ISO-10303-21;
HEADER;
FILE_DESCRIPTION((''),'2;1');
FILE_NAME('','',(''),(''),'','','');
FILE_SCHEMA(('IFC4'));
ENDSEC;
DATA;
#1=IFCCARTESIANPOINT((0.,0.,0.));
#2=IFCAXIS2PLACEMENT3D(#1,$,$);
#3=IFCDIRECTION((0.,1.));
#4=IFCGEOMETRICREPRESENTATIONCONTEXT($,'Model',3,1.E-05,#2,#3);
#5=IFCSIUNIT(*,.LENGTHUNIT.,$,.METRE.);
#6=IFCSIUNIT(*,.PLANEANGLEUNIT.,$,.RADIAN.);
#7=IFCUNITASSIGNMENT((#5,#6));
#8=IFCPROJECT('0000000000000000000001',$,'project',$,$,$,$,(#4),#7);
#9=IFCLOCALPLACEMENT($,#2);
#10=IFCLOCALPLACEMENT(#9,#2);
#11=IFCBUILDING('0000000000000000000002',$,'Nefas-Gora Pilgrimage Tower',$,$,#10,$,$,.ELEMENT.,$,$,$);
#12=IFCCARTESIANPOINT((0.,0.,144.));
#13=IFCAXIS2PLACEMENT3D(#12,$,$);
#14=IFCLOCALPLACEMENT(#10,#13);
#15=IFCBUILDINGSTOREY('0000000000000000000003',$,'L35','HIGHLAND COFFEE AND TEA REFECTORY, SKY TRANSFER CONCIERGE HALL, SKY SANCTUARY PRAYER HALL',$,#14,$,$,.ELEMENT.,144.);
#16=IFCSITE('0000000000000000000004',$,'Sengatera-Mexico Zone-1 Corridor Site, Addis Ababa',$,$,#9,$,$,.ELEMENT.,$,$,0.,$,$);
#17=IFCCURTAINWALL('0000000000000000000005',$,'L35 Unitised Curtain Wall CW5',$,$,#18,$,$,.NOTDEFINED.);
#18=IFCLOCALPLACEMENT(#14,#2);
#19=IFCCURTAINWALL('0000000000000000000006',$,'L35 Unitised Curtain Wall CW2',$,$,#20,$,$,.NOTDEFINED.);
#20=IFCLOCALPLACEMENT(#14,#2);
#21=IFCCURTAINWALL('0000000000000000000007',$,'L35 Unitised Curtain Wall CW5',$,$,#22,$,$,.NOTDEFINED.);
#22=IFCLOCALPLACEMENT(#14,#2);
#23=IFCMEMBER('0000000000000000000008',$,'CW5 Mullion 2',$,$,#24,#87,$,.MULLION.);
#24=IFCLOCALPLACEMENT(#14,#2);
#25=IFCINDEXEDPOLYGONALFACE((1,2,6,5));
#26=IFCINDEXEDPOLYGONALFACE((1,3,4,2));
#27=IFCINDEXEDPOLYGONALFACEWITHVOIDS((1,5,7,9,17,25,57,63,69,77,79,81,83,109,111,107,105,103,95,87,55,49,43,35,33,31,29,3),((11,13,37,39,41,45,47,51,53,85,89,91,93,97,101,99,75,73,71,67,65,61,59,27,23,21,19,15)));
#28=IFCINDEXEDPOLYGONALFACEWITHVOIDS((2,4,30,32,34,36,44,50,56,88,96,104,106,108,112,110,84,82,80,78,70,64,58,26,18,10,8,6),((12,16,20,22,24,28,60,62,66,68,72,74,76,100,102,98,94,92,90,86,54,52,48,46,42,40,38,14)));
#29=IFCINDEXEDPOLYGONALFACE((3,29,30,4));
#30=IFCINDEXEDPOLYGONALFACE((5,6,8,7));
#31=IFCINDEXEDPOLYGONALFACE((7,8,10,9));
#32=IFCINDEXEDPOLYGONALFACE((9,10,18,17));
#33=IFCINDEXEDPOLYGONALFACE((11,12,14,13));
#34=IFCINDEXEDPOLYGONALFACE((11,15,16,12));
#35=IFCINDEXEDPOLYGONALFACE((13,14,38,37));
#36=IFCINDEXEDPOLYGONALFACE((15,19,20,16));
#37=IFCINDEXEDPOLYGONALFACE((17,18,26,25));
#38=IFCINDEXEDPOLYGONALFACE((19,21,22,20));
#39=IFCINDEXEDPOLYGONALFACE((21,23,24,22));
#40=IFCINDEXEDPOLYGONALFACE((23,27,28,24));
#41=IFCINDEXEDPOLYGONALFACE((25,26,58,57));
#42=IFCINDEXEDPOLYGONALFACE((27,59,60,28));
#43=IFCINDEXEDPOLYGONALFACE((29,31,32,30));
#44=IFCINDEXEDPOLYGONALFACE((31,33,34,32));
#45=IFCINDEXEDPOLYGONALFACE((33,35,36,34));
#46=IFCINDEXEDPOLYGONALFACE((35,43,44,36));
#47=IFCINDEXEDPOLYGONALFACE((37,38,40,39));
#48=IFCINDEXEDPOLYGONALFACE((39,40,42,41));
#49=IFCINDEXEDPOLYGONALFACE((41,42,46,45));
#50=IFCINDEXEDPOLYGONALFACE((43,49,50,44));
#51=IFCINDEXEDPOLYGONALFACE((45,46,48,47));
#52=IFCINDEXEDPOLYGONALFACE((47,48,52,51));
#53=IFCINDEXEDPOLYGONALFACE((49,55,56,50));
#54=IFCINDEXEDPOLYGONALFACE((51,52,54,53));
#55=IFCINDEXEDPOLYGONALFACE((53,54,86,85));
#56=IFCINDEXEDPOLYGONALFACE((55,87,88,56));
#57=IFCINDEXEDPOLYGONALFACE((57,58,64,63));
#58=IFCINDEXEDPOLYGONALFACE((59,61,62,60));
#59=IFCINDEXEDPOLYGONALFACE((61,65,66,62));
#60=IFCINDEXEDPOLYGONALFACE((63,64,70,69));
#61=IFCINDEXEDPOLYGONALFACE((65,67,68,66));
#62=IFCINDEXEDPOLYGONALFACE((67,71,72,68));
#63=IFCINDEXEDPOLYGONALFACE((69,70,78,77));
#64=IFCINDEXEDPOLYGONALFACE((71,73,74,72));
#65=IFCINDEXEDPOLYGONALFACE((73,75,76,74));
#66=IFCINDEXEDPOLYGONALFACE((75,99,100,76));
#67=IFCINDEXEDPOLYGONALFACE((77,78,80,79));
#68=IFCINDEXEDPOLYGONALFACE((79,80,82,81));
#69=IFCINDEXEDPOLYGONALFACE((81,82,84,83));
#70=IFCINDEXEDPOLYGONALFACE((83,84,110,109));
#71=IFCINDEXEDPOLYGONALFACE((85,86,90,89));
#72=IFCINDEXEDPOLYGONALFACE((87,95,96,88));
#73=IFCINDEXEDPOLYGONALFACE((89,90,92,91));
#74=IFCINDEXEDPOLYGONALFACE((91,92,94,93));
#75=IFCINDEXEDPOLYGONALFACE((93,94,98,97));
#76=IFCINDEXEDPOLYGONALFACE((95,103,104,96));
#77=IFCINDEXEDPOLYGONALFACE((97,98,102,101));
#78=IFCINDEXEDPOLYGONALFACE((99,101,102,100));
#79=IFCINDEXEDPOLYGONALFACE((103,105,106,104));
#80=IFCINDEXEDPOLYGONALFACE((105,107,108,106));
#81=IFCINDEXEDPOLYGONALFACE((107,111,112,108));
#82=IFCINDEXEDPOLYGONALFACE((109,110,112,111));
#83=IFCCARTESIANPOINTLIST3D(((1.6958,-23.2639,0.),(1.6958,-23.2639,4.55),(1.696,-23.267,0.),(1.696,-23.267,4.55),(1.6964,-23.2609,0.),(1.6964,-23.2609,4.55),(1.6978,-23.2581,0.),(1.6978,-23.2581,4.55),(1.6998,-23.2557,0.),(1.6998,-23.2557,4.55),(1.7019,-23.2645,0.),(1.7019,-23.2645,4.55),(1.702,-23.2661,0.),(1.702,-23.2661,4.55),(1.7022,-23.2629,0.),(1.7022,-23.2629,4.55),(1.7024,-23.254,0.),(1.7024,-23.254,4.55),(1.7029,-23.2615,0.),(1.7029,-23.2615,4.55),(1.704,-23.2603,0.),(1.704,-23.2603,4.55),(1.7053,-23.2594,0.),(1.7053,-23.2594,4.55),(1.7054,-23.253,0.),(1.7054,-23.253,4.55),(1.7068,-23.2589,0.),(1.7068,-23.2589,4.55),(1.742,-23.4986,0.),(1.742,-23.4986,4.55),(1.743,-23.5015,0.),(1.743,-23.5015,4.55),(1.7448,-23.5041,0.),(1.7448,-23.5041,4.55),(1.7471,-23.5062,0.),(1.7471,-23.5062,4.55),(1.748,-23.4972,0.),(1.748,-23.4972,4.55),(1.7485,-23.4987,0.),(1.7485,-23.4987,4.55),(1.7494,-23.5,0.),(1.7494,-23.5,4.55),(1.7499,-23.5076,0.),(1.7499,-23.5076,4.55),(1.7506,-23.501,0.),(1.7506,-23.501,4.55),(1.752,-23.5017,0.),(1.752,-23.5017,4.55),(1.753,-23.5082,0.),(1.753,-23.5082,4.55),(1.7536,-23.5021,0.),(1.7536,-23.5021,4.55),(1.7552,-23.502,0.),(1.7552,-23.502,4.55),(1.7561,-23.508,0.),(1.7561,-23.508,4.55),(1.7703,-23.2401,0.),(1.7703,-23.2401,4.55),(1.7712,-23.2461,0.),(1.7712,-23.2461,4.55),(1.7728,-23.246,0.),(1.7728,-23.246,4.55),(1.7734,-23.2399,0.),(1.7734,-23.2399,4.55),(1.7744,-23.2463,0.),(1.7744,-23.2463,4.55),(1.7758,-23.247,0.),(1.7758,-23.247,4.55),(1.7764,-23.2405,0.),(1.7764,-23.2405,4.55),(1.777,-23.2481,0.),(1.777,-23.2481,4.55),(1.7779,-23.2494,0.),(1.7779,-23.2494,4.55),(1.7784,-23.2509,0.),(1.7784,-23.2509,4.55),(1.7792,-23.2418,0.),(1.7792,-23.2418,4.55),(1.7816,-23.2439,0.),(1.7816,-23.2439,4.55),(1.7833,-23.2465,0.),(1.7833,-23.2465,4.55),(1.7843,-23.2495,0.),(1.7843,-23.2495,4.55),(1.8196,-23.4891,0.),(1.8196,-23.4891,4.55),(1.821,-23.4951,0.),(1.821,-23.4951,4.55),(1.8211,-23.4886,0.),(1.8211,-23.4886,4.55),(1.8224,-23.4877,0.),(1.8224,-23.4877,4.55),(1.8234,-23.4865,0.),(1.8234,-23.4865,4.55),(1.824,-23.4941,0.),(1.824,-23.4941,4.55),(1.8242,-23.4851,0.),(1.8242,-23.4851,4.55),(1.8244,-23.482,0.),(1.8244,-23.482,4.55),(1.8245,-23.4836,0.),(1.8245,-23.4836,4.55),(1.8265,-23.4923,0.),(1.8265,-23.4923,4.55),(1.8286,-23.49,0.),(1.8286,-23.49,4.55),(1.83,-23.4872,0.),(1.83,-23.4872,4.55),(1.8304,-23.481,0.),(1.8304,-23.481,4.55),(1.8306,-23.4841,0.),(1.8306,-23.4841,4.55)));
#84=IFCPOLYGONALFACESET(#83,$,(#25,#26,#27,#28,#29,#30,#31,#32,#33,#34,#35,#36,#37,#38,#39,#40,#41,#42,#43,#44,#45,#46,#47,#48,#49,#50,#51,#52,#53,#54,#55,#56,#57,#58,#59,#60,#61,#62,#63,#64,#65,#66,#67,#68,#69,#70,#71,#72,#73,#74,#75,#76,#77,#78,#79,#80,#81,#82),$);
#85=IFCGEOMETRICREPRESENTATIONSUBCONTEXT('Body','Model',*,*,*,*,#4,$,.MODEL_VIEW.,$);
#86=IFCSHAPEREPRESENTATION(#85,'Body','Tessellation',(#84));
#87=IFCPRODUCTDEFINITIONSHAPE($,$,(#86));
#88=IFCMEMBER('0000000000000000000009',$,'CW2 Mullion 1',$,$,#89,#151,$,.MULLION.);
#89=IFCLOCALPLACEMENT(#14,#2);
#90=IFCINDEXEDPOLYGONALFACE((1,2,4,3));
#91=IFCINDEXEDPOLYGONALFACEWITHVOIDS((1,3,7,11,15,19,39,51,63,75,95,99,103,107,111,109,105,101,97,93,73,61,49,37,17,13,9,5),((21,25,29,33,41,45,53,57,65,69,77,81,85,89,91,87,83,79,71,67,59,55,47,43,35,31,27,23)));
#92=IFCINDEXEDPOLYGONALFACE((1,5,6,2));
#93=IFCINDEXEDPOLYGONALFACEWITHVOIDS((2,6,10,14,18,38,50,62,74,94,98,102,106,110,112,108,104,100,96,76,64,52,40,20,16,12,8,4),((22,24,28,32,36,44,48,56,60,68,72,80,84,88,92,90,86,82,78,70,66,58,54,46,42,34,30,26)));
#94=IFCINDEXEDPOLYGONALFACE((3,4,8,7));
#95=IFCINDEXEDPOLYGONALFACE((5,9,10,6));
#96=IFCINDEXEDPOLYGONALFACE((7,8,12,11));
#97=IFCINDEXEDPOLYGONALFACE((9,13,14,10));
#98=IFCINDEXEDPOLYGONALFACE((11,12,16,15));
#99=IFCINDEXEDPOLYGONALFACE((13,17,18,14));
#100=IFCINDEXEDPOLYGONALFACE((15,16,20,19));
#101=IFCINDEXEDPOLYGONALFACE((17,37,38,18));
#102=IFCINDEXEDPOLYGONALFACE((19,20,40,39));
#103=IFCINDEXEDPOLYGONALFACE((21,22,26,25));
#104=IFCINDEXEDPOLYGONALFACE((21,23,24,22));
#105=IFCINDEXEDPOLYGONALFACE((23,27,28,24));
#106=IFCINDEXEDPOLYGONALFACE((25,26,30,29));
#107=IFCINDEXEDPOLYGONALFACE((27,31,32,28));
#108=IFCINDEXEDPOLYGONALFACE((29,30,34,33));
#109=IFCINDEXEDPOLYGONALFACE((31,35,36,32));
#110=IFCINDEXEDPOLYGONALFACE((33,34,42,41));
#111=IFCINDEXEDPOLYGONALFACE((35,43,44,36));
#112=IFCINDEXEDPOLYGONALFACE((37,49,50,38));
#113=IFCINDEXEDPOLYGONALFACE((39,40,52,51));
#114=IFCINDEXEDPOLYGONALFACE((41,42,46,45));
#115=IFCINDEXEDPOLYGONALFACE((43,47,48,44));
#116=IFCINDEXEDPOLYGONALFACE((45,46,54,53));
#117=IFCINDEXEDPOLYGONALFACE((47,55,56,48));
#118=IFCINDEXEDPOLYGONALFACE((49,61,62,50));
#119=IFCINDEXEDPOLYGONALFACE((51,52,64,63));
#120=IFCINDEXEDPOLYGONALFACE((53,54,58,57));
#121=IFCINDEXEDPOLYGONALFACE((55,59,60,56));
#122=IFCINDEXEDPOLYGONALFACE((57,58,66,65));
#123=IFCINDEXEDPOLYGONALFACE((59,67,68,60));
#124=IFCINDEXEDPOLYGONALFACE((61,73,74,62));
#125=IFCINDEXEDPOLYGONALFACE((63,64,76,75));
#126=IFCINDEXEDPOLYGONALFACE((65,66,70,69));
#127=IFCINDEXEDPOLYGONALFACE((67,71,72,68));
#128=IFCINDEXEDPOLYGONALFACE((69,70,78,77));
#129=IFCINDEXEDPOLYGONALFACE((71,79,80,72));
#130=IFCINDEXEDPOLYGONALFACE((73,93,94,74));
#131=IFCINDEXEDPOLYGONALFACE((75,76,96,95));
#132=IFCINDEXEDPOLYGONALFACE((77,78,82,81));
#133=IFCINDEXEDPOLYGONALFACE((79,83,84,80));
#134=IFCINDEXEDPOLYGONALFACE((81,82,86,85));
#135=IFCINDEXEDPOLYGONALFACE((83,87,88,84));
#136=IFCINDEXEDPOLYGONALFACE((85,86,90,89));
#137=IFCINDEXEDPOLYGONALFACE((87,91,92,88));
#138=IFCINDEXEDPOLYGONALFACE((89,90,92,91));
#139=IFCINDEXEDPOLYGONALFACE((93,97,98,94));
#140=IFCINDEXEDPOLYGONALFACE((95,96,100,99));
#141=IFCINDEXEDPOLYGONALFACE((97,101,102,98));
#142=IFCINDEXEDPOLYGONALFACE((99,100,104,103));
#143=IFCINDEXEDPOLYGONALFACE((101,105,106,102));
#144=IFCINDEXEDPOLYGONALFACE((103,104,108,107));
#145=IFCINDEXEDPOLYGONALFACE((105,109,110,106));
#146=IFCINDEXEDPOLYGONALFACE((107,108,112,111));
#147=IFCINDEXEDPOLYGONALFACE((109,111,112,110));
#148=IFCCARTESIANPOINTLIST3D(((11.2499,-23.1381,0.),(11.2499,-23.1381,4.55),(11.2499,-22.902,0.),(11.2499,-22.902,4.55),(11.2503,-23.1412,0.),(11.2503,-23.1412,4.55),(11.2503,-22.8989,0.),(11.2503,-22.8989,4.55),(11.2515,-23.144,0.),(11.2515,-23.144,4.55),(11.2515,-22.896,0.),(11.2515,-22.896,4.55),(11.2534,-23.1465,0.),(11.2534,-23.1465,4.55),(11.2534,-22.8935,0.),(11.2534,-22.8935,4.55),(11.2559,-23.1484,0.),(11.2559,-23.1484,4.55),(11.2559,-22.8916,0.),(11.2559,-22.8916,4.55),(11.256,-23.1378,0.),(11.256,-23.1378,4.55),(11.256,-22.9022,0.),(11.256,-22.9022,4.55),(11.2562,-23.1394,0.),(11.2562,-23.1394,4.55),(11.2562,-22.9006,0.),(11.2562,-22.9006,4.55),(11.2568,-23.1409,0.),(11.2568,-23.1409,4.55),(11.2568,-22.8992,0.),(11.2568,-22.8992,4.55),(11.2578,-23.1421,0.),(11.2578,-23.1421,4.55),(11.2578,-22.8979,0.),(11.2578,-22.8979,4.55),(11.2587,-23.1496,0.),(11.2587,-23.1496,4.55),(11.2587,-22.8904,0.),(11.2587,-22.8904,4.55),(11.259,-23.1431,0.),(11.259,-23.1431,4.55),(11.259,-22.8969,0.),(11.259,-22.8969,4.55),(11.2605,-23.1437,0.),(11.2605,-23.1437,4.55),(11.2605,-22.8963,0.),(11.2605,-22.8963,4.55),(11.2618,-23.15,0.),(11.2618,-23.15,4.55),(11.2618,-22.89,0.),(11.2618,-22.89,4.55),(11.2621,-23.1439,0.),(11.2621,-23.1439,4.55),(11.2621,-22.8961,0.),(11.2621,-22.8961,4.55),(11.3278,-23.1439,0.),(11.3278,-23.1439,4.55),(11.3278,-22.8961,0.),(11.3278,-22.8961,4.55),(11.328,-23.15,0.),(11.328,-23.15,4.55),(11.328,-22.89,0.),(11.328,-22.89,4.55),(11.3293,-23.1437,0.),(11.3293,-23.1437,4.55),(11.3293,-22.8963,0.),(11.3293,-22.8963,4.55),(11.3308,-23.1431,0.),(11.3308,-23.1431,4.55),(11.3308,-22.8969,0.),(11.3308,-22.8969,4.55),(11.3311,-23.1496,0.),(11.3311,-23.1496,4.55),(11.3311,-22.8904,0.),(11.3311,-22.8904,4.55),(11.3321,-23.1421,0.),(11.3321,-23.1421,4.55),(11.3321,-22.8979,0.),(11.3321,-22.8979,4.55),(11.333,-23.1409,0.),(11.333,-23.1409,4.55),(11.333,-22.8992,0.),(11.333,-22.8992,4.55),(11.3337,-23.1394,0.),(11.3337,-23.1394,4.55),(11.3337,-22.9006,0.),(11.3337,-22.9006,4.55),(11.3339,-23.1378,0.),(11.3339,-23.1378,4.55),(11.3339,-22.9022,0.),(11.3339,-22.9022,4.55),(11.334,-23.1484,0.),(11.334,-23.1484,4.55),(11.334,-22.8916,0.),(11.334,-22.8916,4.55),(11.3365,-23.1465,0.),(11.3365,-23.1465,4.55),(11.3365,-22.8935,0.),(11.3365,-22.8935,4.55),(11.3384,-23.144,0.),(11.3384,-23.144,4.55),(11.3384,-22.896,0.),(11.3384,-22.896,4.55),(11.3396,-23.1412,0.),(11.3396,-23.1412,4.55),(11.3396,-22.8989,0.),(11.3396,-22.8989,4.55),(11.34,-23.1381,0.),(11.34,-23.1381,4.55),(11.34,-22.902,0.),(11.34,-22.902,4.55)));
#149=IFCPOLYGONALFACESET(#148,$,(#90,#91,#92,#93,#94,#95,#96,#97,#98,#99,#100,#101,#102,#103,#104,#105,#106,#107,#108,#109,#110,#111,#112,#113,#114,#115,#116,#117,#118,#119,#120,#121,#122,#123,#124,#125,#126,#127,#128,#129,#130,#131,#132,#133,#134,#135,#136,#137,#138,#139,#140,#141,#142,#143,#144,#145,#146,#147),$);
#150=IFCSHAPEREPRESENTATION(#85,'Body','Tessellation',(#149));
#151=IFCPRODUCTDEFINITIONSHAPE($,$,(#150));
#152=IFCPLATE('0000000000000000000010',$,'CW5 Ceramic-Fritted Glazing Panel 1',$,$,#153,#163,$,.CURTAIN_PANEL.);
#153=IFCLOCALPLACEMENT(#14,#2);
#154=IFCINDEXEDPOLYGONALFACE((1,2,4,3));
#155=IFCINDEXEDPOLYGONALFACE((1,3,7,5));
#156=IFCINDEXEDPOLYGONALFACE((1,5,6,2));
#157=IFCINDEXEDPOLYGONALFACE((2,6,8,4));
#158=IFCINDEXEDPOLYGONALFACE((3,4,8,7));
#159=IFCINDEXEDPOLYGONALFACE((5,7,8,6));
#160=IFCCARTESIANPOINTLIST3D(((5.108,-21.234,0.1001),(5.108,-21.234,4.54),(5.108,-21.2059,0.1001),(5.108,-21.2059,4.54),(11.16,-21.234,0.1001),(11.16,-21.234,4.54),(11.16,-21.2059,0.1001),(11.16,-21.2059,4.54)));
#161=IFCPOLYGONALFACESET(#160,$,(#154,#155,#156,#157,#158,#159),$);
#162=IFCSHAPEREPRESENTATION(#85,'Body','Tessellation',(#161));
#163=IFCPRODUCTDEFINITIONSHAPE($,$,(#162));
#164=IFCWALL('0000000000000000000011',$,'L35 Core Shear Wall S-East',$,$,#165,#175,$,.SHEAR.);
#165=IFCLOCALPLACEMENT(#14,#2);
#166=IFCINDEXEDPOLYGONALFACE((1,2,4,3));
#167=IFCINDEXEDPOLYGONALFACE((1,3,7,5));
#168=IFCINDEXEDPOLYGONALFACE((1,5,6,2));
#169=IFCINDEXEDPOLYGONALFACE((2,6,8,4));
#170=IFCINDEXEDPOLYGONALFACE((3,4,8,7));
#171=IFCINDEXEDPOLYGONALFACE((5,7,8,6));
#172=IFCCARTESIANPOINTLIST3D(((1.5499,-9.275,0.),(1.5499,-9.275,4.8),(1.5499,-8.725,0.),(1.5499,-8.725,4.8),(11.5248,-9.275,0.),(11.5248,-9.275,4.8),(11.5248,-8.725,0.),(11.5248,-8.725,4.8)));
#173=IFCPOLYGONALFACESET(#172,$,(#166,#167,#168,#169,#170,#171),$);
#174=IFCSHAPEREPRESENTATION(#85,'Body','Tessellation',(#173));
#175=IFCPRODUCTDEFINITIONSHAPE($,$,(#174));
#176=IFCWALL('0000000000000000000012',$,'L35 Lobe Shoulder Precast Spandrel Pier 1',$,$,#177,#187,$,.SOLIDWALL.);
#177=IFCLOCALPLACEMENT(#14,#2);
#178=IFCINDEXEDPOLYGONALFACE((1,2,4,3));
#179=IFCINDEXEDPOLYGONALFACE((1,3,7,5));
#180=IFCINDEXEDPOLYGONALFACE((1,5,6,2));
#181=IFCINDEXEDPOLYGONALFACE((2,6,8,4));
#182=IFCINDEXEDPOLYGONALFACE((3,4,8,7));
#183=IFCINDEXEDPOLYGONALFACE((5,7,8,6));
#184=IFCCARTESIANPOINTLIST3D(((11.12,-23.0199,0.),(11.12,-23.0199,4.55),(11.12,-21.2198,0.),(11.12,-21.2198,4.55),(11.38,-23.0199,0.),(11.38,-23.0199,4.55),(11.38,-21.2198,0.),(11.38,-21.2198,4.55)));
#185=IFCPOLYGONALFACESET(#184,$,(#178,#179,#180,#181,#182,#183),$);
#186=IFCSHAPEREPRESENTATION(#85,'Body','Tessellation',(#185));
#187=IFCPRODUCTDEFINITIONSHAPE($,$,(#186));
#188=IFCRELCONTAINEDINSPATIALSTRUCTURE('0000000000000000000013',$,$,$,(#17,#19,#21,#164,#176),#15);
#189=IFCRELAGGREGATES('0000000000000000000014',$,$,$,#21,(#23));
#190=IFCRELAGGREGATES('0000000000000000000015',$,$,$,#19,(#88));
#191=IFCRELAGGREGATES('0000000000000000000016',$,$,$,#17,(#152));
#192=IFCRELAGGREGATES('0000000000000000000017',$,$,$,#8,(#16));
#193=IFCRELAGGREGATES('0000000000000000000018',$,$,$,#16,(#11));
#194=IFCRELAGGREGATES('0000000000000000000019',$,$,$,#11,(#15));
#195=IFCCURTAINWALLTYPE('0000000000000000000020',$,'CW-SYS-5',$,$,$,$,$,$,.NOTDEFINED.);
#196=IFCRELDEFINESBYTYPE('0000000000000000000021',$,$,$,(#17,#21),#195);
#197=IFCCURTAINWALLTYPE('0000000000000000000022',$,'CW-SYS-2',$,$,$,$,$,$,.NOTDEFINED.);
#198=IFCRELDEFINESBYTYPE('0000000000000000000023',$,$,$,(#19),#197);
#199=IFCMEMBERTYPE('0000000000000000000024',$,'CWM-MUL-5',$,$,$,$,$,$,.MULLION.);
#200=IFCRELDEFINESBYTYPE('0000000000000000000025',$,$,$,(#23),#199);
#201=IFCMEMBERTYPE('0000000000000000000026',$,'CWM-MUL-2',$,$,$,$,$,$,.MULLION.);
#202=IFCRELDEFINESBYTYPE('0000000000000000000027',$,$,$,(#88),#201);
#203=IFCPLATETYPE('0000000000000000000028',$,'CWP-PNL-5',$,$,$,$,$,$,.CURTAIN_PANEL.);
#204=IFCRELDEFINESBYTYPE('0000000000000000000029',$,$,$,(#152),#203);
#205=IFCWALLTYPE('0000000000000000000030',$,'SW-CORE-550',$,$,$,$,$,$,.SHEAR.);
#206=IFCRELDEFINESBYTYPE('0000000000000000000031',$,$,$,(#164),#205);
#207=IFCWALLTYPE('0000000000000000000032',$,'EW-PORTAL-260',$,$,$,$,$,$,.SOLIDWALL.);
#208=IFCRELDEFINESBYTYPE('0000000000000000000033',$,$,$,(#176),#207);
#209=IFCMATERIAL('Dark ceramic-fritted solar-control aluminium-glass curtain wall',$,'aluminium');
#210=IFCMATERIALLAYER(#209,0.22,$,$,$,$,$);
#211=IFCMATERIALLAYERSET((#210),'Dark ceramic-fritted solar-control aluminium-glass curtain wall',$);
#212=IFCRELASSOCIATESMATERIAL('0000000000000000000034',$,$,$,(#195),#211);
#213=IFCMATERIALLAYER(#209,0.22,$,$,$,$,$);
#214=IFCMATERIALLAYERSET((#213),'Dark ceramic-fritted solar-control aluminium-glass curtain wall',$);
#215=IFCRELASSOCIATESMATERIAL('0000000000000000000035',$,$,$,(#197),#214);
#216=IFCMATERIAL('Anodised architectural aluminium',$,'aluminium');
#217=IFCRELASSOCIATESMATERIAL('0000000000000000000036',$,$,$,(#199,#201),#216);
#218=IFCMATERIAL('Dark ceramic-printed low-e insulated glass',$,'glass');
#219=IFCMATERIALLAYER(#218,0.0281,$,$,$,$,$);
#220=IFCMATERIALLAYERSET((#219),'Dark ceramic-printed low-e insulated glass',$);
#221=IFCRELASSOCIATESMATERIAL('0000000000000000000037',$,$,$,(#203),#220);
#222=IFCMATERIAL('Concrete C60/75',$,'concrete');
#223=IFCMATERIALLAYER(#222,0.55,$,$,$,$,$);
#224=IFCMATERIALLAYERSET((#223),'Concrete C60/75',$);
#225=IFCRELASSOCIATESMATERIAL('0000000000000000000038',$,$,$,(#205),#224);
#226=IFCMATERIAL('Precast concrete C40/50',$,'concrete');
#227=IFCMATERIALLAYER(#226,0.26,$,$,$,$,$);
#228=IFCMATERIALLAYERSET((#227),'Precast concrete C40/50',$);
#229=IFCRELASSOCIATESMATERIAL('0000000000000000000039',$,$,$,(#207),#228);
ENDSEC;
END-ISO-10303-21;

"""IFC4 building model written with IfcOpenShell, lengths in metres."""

from ifc_helpers import new_model, si_unit, direction, frame, frame_2d, origin, origin_2d, place, context, subcontext, project, spatial, rectangle, hollow_rectangle, extrude, source, transform, mapped, material, layer, layer_set, material_profile, profile_set, type_object, element, aggregate, save


model = new_model("IFC4")

# Units and contexts
model_context = context("Model", 3, precision=1e-05, world=origin(), true_north=direction((0.0, 1.0)))
body_context = subcontext(model_context, "Body", "Model", "MODEL_VIEW")
ifc_project = project(units=[si_unit("LENGTHUNIT", "METRE"), si_unit("PLANEANGLEUNIT", "RADIAN")], contexts=[model_context])

# Site, building, storey
site_placement = place(None, origin())
site = spatial("IfcSite", under=ifc_project, at=site_placement, Name="Sengatera-Mexico Zone-1 Corridor Site, Addis Ababa", CompositionType="ELEMENT", RefElevation=0.0)
building_placement = place(site_placement, origin())
building = spatial("IfcBuilding", under=site, at=building_placement, Name="Nefas-Gora Pilgrimage Tower", CompositionType="ELEMENT")
storey_placement = place(building_placement, frame((0.0, 0.0, 144.0)))
storey = spatial("IfcBuildingStorey", under=building, at=storey_placement, Name="L35", Description="HIGHLAND COFFEE AND TEA REFECTORY, SKY TRANSFER CONCIERGE HALL, SKY SANCTUARY PRAYER HALL", CompositionType="ELEMENT", Elevation=144.0)

# Curtain walls
ifc_material_1 = material(Name="Dark ceramic-fritted solar-control aluminium-glass curtain wall", Category="aluminium")
ifc_layer_1 = layer(ifc_material_1, 0.22)
ifc_layer_set_1 = layer_set([ifc_layer_1], Name="Dark ceramic-fritted solar-control aluminium-glass curtain wall")
curtain_wall_type_1 = type_object("IfcCurtainWallType", Name="CW-SYS-5", PredefinedType="NOTDEFINED", material=ifc_layer_set_1)
curtain_wall_1_placement = place(storey_placement, origin())
curtain_wall_1 = element("IfcCurtainWall", 1, at=curtain_wall_1_placement, inside=storey, type_object=curtain_wall_type_1, Name="L35 Unitised Curtain Wall CW5", PredefinedType="NOTDEFINED")
ifc_material_2 = material(Name="Anodised architectural aluminium", Category="aluminium")
ifc_layer_2 = layer(ifc_material_1, 0.22)
ifc_layer_set_2 = layer_set([ifc_layer_2], Name="Dark ceramic-fritted solar-control aluminium-glass curtain wall")
curtain_wall_type_2 = type_object("IfcCurtainWallType", Name="CW-SYS-2", PredefinedType="NOTDEFINED", material=ifc_layer_set_2)
curtain_wall_2_placement = place(storey_placement, origin())
curtain_wall_2 = element("IfcCurtainWall", 2, at=curtain_wall_2_placement, inside=storey, type_object=curtain_wall_type_2, Name="L35 Unitised Curtain Wall CW2", PredefinedType="NOTDEFINED")

# Shared definitions
ifc_material_profile_1 = material_profile(ifc_material_2, hollow_rectangle(XDim=0.0901, YDim=0.26, WallThickness=0.0061, InnerFilletRadius=0.0061, OuterFilletRadius=0.012, at=origin_2d()), Name="ALU MULLION 90x260")
ifc_profile_set_1 = profile_set([ifc_material_profile_1], Name="Anodised architectural aluminium")
member_type_1 = type_object("IfcMemberType", Name="CWM-MUL-5", PredefinedType="MULLION", material=ifc_profile_set_1)
shared_shape_1 = source(origin(), body_context, "Body", "SweptSolid", [
    extrude(hollow_rectangle(XDim=0.0901, YDim=0.26, WallThickness=0.0061, InnerFilletRadius=0.0061, OuterFilletRadius=0.012, at=origin_2d()), origin(), (0.0, 0.0, 1.0), 4.55),
])

# Curtain wall, member
curtain_wall_3_placement = place(storey_placement, origin())
curtain_wall_3 = element("IfcCurtainWall", 3, at=curtain_wall_3_placement, inside=storey, type_object=curtain_wall_type_1, Name="L35 Unitised Curtain Wall CW5", PredefinedType="NOTDEFINED")
member_1_placement = place(storey_placement, frame((1.7632, -23.374, 0.0), z_axis=(0.0, 0.0, 1.0), x_axis=(0.980783, 0.195102, 0.0)))
member_1 = element("IfcMember", 4, at=member_1_placement, type_object=member_type_1, Name="CW5 Mullion 2", PredefinedType="MULLION", context=body_context, shape_type="MappedRepresentation", body=[
    mapped(shared_shape_1, transform((0.0, 0.0, 0.0), x_axis=(1.0, 0.0, 0.0), y_axis=(0.0, 1.0, 0.0), z_axis=(0.0, 0.0, 1.0), scale=1.0)),
])
aggregate(curtain_wall_3, [member_1])

# Member
ifc_material_profile_2 = material_profile(ifc_material_2, hollow_rectangle(XDim=0.0901, YDim=0.26, WallThickness=0.0061, InnerFilletRadius=0.0061, OuterFilletRadius=0.012, at=origin_2d()), Name="ALU MULLION 90x260")
ifc_profile_set_2 = profile_set([ifc_material_profile_2], Name="Anodised architectural aluminium")
member_type_2 = type_object("IfcMemberType", Name="CWM-MUL-2", PredefinedType="MULLION", material=ifc_profile_set_2)
shared_shape_2 = source(origin(), body_context, "Body", "SweptSolid", [
    extrude(hollow_rectangle(XDim=0.0901, YDim=0.26, WallThickness=0.0061, InnerFilletRadius=0.0061, OuterFilletRadius=0.012, at=origin_2d()), origin(), (0.0, 0.0, 1.0), 4.55),
])
member_2_placement = place(storey_placement, frame((11.2949, -23.02, 0.0), z_axis=(0.0, 0.0, 1.0), x_axis=(1.0, 0.0, 0.0)))
member_2 = element("IfcMember", 5, at=member_2_placement, type_object=member_type_2, Name="CW2 Mullion 1", PredefinedType="MULLION", context=body_context, shape_type="MappedRepresentation", body=[
    mapped(shared_shape_2, transform((0.0, 0.0, 0.0), x_axis=(1.0, 0.0, 0.0), y_axis=(0.0, 1.0, 0.0), z_axis=(0.0, 0.0, 1.0), scale=1.0)),
])
aggregate(curtain_wall_2, [member_2])

# Plate
ifc_material_3 = material(Name="Dark ceramic-printed low-e insulated glass", Category="glass")
ifc_layer_3 = layer(ifc_material_3, 0.0281)
ifc_layer_set_3 = layer_set([ifc_layer_3], Name="Dark ceramic-printed low-e insulated glass")
plate_type = type_object("IfcPlateType", Name="CWP-PNL-5", PredefinedType="CURTAIN_PANEL", material=ifc_layer_set_3)
shared_shape_3 = source(origin(), body_context, "Body", "SweptSolid", [
    extrude(rectangle(XDim=6.052, YDim=0.0281, at=origin_2d()), origin(), (0.0, 0.0, 1.0), 4.4399),
])
plate_placement = place(storey_placement, frame((8.134, -21.22, 0.1001), z_axis=(0.0, 0.0, 1.0), x_axis=(1.0, 0.0, 0.0)))
plate = element("IfcPlate", 6, at=plate_placement, type_object=plate_type, Name="CW5 Ceramic-Fritted Glazing Panel 1", PredefinedType="CURTAIN_PANEL", context=body_context, shape_type="MappedRepresentation", body=[
    mapped(shared_shape_3, transform((0.0, 0.0, 0.0), x_axis=(1.0, 0.0, 0.0), y_axis=(0.0, 1.0, 0.0), z_axis=(0.0, 0.0, 1.0), scale=1.0)),
])
aggregate(curtain_wall_1, [plate])

# Walls
ifc_material_4 = material(Name="Concrete C60/75", Category="concrete")
ifc_layer_4 = layer(ifc_material_4, 0.55)
ifc_layer_set_4 = layer_set([ifc_layer_4], Name="Concrete C60/75")
wall_type_1 = type_object("IfcWallType", Name="SW-CORE-550", PredefinedType="SHEAR", material=ifc_layer_set_4)
shared_shape_4 = source(origin(), body_context, "Body", "SweptSolid", [
    extrude(rectangle(XDim=9.9749, YDim=0.55, at=frame_2d((4.9873, 0.0))), origin(), (0.0, 0.0, 1.0), 4.8),
])
wall_1_placement = place(storey_placement, frame((1.55, -9.0, 0.0), z_axis=(0.0, 0.0, 1.0), x_axis=(1.0, 0.0, 0.0)))
element("IfcWall", 7, at=wall_1_placement, inside=storey, type_object=wall_type_1, Name="L35 Core Shear Wall S-East", PredefinedType="SHEAR", context=body_context, shape_type="MappedRepresentation", body=[
    mapped(shared_shape_4, transform((0.0, 0.0, 0.0), x_axis=(1.0, 0.0, 0.0), y_axis=(0.0, 1.0, 0.0), z_axis=(0.0, 0.0, 1.0), scale=1.0)),
])
ifc_material_5 = material(Name="Precast concrete C40/50", Category="concrete")
ifc_layer_5 = layer(ifc_material_5, 0.26)
ifc_layer_set_5 = layer_set([ifc_layer_5], Name="Precast concrete C40/50")
wall_type_2 = type_object("IfcWallType", Name="EW-PORTAL-260", PredefinedType="SOLIDWALL", material=ifc_layer_set_5)
shared_shape_5 = source(origin(), body_context, "Body", "SweptSolid", [
    extrude(rectangle(XDim=1.8, YDim=0.26, at=frame_2d((0.8999, 0.0))), origin(), (0.0, 0.0, 1.0), 4.55),
])
wall_2_placement = place(storey_placement, frame((11.25, -21.22, 0.0), z_axis=(0.0, 0.0, 1.0), x_axis=(0.0, -1.0, 0.0)))
element("IfcWall", 8, at=wall_2_placement, inside=storey, type_object=wall_type_2, Name="L35 Lobe Shoulder Precast Spandrel Pier 1", PredefinedType="SOLIDWALL", context=body_context, shape_type="MappedRepresentation", body=[
    mapped(shared_shape_5, transform((0.0, 0.0, 0.0), x_axis=(1.0, 0.0, 0.0), y_axis=(0.0, 1.0, 0.0), z_axis=(0.0, 0.0, 1.0), scale=1.0)),
])

save(model, "model.ifc")
